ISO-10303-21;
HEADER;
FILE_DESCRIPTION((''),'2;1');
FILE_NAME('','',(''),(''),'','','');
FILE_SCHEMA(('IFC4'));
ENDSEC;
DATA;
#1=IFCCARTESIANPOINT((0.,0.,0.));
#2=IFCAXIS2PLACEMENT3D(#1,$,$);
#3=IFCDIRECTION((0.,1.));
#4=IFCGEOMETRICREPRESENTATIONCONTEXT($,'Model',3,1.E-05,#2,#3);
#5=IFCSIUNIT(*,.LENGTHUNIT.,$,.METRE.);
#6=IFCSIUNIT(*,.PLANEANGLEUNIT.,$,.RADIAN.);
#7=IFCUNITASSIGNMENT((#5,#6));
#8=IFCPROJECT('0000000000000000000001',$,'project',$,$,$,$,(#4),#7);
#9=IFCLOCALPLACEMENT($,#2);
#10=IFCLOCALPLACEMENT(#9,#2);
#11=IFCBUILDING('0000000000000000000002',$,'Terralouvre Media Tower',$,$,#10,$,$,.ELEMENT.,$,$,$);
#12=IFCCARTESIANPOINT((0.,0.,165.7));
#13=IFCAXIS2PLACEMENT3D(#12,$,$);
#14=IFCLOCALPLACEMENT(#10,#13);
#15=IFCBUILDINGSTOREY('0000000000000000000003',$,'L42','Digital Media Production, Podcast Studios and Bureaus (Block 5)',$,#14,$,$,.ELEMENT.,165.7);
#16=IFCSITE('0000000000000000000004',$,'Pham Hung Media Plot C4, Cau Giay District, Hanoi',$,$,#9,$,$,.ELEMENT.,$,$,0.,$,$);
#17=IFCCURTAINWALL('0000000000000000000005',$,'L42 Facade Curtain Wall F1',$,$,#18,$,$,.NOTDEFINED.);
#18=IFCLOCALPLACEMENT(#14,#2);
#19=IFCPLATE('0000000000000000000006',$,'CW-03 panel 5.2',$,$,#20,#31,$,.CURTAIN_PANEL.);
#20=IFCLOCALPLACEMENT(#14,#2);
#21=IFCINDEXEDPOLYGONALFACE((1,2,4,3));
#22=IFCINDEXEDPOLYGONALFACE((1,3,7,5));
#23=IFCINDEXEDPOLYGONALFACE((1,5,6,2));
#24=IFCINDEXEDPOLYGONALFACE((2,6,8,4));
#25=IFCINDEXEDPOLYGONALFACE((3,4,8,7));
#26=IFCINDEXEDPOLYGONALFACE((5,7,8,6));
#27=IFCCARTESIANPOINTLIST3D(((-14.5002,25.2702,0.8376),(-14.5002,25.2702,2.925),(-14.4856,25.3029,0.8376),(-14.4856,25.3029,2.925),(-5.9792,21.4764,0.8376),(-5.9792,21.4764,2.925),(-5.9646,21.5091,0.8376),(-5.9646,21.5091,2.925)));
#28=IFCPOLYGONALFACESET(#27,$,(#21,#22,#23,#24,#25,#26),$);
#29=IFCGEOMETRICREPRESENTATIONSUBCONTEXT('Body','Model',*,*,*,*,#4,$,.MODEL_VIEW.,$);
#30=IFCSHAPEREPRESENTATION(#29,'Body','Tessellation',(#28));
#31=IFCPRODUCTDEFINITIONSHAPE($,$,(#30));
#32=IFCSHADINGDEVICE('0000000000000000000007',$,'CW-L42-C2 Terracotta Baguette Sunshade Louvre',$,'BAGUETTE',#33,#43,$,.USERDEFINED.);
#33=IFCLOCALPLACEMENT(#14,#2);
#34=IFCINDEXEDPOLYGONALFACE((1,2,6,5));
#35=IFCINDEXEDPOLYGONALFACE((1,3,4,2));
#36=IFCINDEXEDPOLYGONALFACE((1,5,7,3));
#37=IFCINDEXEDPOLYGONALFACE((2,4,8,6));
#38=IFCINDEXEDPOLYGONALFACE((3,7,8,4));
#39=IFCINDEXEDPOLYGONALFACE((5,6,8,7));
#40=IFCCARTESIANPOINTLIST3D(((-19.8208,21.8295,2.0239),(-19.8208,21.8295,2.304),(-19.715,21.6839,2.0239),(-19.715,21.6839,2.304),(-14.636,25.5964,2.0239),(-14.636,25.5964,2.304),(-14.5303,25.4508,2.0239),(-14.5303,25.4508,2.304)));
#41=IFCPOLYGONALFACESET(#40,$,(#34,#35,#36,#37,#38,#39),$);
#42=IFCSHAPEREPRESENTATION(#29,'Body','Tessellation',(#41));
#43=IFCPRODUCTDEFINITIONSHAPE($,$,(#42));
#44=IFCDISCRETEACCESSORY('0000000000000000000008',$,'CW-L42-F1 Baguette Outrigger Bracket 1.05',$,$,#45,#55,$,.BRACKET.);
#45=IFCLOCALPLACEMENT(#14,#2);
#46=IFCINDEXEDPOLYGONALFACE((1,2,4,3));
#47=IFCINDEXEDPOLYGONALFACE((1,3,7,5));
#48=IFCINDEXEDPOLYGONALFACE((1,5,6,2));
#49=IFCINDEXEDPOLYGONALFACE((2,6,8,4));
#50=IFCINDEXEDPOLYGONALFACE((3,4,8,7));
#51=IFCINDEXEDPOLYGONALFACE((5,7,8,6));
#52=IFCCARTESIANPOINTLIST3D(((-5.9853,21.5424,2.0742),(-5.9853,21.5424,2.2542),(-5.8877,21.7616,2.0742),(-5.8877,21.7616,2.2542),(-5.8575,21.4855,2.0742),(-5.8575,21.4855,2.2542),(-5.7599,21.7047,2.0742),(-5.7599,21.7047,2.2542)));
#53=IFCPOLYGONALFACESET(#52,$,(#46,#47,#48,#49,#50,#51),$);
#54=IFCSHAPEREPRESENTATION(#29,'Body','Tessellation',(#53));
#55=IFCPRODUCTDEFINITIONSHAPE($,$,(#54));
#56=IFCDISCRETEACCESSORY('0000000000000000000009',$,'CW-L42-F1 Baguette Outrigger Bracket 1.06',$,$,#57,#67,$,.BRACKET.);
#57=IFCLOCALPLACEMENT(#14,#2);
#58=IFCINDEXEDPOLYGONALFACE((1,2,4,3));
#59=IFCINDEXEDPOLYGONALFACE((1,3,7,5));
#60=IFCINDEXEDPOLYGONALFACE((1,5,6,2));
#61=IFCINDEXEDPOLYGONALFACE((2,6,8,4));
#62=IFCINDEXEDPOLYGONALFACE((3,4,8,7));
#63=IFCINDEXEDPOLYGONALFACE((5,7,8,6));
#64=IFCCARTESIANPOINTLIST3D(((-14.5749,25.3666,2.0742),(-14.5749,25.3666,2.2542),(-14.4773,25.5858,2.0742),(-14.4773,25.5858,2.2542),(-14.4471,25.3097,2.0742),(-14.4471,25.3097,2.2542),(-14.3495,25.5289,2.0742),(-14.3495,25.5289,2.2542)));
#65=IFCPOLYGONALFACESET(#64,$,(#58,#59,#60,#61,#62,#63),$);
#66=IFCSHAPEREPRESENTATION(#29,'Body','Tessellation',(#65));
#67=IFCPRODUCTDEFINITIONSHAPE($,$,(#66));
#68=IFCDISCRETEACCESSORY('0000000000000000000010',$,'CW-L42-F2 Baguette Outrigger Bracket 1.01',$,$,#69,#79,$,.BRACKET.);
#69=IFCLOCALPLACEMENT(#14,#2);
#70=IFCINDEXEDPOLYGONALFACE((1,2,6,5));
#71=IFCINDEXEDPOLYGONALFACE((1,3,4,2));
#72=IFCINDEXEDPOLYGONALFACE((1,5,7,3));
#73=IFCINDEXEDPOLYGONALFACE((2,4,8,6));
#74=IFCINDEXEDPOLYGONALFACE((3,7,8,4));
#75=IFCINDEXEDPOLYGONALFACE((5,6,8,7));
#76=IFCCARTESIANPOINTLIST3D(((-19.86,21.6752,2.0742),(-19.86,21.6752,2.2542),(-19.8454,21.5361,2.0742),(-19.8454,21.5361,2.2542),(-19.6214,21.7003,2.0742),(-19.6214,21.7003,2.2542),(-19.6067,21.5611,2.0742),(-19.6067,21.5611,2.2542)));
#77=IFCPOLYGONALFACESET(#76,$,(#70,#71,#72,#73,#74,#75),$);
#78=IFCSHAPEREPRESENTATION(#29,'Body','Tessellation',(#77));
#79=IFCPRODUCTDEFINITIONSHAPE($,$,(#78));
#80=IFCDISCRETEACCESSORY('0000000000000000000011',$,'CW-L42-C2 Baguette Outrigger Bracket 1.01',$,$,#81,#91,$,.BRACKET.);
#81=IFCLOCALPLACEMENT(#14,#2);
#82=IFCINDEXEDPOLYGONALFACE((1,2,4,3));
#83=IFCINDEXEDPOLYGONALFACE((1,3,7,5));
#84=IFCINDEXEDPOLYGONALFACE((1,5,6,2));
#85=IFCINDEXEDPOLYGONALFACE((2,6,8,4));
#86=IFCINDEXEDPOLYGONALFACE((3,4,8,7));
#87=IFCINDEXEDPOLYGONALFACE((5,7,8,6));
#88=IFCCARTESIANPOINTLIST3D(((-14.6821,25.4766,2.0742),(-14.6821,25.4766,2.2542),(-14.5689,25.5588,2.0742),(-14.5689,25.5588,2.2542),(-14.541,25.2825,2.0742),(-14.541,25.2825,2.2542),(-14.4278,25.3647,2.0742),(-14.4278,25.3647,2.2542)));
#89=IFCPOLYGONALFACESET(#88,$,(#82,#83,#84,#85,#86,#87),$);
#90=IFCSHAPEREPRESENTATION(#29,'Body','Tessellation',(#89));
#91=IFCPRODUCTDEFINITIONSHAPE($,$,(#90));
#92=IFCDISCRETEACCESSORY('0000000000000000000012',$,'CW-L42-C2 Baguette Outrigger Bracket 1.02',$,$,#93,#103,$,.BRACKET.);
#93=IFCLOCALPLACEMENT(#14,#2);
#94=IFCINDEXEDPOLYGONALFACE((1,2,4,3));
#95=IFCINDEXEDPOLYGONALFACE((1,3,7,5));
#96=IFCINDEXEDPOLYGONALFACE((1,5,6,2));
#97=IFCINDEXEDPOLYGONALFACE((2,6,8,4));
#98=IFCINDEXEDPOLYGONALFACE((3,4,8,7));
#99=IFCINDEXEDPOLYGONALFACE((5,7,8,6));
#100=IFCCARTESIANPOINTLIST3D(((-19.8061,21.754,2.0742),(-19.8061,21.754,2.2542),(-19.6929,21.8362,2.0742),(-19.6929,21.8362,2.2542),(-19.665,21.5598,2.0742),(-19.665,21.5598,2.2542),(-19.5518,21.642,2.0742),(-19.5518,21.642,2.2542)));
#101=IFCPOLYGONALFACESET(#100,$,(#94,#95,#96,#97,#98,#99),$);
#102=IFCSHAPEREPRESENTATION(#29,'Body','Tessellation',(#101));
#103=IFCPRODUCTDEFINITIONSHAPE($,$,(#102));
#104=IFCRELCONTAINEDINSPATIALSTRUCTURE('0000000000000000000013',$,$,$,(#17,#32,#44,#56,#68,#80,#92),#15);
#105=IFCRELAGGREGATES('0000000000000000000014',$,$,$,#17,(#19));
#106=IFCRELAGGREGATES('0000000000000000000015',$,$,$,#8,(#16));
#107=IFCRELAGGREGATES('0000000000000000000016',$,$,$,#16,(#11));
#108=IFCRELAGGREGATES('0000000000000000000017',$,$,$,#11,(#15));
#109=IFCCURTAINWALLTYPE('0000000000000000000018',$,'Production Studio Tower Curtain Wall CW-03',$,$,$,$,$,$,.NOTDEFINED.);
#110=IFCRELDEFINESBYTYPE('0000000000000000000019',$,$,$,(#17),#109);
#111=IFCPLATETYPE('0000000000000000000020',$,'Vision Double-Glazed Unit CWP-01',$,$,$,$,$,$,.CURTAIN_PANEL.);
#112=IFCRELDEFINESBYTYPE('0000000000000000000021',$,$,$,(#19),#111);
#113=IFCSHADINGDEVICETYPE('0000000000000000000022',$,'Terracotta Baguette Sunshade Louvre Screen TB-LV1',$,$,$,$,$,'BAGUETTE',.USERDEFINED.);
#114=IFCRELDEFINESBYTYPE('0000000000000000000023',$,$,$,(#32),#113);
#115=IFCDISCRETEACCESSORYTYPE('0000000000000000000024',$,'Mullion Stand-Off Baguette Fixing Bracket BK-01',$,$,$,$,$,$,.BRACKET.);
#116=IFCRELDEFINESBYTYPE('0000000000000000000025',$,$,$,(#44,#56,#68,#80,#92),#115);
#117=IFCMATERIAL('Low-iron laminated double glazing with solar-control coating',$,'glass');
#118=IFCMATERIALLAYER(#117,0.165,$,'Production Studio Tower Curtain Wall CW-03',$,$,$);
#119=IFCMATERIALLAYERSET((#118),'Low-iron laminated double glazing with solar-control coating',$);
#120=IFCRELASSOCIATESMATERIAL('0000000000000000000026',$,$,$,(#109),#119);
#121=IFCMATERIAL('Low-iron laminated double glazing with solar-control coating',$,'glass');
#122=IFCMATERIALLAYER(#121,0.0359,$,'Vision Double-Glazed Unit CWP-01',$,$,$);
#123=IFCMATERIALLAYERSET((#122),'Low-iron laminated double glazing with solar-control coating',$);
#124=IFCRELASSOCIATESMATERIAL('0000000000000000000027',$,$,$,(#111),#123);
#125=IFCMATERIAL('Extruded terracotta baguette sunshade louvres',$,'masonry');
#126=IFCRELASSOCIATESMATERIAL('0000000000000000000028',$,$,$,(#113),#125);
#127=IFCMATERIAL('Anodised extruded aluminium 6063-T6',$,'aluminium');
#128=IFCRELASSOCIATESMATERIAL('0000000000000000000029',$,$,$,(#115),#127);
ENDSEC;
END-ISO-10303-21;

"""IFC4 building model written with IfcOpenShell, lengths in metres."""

from ifc_helpers import new_model, si_unit, direction, frame, origin, origin_2d, place, context, subcontext, project, spatial, rectangle, extrude, material, layer, layer_set, type_object, element, aggregate, save


model = new_model("IFC4")

# Units and contexts
model_context = context("Model", 3, precision=1e-05, world=origin(), true_north=direction((0.0, 1.0)))
body_context = subcontext(model_context, "Body", "Model", "MODEL_VIEW")
ifc_project = project(units=[si_unit("LENGTHUNIT", "METRE"), si_unit("PLANEANGLEUNIT", "RADIAN")], contexts=[model_context])

# Site, building, storey
site_placement = place(None, origin())
site = spatial("IfcSite", under=ifc_project, at=site_placement, Name="Pham Hung Media Plot C4, Cau Giay District, Hanoi", CompositionType="ELEMENT", RefElevation=0.0)
building_placement = place(site_placement, origin())
building = spatial("IfcBuilding", under=site, at=building_placement, Name="Terralouvre Media Tower", CompositionType="ELEMENT")
storey_placement = place(building_placement, frame((0.0, 0.0, 165.7)))
storey = spatial("IfcBuildingStorey", under=building, at=storey_placement, Name="L42", Description="Digital Media Production, Podcast Studios and Bureaus (Block 5)", CompositionType="ELEMENT", Elevation=165.7)

# Curtain wall
ifc_material_1 = material(Name="Low-iron laminated double glazing with solar-control coating", Category="glass")
ifc_layer_1 = layer(ifc_material_1, 0.165, Name="Production Studio Tower Curtain Wall CW-03")
ifc_layer_set_1 = layer_set([ifc_layer_1], Name="Low-iron laminated double glazing with solar-control coating")
curtain_wall_type_1 = type_object("IfcCurtainWallType", Name="Production Studio Tower Curtain Wall CW-03", PredefinedType="NOTDEFINED", material=ifc_layer_set_1)
curtain_wall_1_placement = place(storey_placement, origin())
curtain_wall_1 = element("IfcCurtainWall", 1, at=curtain_wall_1_placement, inside=storey, type_object=curtain_wall_type_1, Name="L42 Facade Curtain Wall F1", PredefinedType="NOTDEFINED")

# Plate
ifc_material_2 = material(Name="Low-iron laminated double glazing with solar-control coating", Category="glass")
ifc_layer_2 = layer(ifc_material_2, 0.0359, Name="Vision Double-Glazed Unit CWP-01")
ifc_layer_set_2 = layer_set([ifc_layer_2], Name="Low-iron laminated double glazing with solar-control coating")
plate_type_1 = type_object("IfcPlateType", Name="Vision Double-Glazed Unit CWP-01", PredefinedType="CURTAIN_PANEL", material=ifc_layer_set_2)
plate_1_placement = place(storey_placement, frame((-10.2324, 23.3896, 0.8376), z_axis=(0.0, 0.0, 1.0), x_axis=(-0.913545, 0.406737, 0.0)))
plate_1 = element("IfcPlate", 2, at=plate_1_placement, type_object=plate_type_1, Name="CW-03 panel 5.2", PredefinedType="CURTAIN_PANEL", context=body_context, shape_type="SweptSolid", body=[
    extrude(rectangle(XDim=9.3274, YDim=0.0359, at=origin_2d()), origin(), (0.0, 0.0, 1.0), 2.0874),
])
aggregate(curtain_wall_1, [plate_1])

# Shading device
ifc_material_3 = material(Name="Extruded terracotta baguette sunshade louvres", Category="masonry")
shading_device_type = type_object("IfcShadingDeviceType", Name="Terracotta Baguette Sunshade Louvre Screen TB-LV1", ElementType="BAGUETTE", PredefinedType="USERDEFINED", material=ifc_material_3)
shading_device_placement = place(storey_placement, frame((-17.1755, 23.6401, 2.0239), z_axis=(0.0, 0.0, 1.0), x_axis=(-0.809017, -0.587785, 0.0)))
element("IfcShadingDevice", 3, at=shading_device_placement, inside=storey, type_object=shading_device_type, Name="CW-L42-C2 Terracotta Baguette Sunshade Louvre", ObjectType="BAGUETTE", PredefinedType="USERDEFINED", context=body_context, shape_type="SweptSolid", body=[
    extrude(rectangle(XDim=6.4087, YDim=0.1799, at=origin_2d()), origin(), (0.0, 0.0, 1.0), 0.28),
])

# Discrete accessories
ifc_material_4 = material(Name="Anodised extruded aluminium 6063-T6", Category="aluminium")
discrete_accessory_type = type_object("IfcDiscreteAccessoryType", Name="Mullion Stand-Off Baguette Fixing Bracket BK-01", PredefinedType="BRACKET", material=ifc_material_4)
for number, where, z_axis, x_axis, name in (
    (4, (-5.8726, 21.6235, 2.0742), (0.0, 0.0, 1.0), (-0.913545, 0.406737, 0.0), "CW-L42-F1 Baguette Outrigger Bracket 1.05"),
    (5, (-14.4622, 25.4478, 2.0742), (0.0, 0.0, 1.0), (-0.913545, 0.406737, 0.0), "CW-L42-F1 Baguette Outrigger Bracket 1.06"),
    (6, (-19.7334, 21.6182, 2.0742), (0.0, 0.0, 1.0), (0.104528, -0.994522, 0.0), "CW-L42-F2 Baguette Outrigger Bracket 1.01"),
    (7, (-14.5549, 25.4207, 2.0742), (0.0, 0.0, 1.0), (-0.809017, -0.587785, 0.0), "CW-L42-C2 Baguette Outrigger Bracket 1.01"),
    (8, (-19.679, 21.698, 2.0742), (0.0, 0.0, 1.0), (-0.809017, -0.587785, 0.0), "CW-L42-C2 Baguette Outrigger Bracket 1.02"),
):
    element("IfcDiscreteAccessory", number, at=place(storey_placement, frame(where, z_axis=z_axis, x_axis=x_axis)), inside=storey, type_object=discrete_accessory_type, Name=name, PredefinedType="BRACKET", context=body_context, shape_type="SweptSolid", body=[
        extrude(rectangle(XDim=0.1399, YDim=0.24, at=origin_2d()), origin(), (0.0, 0.0, 1.0), 0.1799),
    ])

save(model, "model.ifc")
